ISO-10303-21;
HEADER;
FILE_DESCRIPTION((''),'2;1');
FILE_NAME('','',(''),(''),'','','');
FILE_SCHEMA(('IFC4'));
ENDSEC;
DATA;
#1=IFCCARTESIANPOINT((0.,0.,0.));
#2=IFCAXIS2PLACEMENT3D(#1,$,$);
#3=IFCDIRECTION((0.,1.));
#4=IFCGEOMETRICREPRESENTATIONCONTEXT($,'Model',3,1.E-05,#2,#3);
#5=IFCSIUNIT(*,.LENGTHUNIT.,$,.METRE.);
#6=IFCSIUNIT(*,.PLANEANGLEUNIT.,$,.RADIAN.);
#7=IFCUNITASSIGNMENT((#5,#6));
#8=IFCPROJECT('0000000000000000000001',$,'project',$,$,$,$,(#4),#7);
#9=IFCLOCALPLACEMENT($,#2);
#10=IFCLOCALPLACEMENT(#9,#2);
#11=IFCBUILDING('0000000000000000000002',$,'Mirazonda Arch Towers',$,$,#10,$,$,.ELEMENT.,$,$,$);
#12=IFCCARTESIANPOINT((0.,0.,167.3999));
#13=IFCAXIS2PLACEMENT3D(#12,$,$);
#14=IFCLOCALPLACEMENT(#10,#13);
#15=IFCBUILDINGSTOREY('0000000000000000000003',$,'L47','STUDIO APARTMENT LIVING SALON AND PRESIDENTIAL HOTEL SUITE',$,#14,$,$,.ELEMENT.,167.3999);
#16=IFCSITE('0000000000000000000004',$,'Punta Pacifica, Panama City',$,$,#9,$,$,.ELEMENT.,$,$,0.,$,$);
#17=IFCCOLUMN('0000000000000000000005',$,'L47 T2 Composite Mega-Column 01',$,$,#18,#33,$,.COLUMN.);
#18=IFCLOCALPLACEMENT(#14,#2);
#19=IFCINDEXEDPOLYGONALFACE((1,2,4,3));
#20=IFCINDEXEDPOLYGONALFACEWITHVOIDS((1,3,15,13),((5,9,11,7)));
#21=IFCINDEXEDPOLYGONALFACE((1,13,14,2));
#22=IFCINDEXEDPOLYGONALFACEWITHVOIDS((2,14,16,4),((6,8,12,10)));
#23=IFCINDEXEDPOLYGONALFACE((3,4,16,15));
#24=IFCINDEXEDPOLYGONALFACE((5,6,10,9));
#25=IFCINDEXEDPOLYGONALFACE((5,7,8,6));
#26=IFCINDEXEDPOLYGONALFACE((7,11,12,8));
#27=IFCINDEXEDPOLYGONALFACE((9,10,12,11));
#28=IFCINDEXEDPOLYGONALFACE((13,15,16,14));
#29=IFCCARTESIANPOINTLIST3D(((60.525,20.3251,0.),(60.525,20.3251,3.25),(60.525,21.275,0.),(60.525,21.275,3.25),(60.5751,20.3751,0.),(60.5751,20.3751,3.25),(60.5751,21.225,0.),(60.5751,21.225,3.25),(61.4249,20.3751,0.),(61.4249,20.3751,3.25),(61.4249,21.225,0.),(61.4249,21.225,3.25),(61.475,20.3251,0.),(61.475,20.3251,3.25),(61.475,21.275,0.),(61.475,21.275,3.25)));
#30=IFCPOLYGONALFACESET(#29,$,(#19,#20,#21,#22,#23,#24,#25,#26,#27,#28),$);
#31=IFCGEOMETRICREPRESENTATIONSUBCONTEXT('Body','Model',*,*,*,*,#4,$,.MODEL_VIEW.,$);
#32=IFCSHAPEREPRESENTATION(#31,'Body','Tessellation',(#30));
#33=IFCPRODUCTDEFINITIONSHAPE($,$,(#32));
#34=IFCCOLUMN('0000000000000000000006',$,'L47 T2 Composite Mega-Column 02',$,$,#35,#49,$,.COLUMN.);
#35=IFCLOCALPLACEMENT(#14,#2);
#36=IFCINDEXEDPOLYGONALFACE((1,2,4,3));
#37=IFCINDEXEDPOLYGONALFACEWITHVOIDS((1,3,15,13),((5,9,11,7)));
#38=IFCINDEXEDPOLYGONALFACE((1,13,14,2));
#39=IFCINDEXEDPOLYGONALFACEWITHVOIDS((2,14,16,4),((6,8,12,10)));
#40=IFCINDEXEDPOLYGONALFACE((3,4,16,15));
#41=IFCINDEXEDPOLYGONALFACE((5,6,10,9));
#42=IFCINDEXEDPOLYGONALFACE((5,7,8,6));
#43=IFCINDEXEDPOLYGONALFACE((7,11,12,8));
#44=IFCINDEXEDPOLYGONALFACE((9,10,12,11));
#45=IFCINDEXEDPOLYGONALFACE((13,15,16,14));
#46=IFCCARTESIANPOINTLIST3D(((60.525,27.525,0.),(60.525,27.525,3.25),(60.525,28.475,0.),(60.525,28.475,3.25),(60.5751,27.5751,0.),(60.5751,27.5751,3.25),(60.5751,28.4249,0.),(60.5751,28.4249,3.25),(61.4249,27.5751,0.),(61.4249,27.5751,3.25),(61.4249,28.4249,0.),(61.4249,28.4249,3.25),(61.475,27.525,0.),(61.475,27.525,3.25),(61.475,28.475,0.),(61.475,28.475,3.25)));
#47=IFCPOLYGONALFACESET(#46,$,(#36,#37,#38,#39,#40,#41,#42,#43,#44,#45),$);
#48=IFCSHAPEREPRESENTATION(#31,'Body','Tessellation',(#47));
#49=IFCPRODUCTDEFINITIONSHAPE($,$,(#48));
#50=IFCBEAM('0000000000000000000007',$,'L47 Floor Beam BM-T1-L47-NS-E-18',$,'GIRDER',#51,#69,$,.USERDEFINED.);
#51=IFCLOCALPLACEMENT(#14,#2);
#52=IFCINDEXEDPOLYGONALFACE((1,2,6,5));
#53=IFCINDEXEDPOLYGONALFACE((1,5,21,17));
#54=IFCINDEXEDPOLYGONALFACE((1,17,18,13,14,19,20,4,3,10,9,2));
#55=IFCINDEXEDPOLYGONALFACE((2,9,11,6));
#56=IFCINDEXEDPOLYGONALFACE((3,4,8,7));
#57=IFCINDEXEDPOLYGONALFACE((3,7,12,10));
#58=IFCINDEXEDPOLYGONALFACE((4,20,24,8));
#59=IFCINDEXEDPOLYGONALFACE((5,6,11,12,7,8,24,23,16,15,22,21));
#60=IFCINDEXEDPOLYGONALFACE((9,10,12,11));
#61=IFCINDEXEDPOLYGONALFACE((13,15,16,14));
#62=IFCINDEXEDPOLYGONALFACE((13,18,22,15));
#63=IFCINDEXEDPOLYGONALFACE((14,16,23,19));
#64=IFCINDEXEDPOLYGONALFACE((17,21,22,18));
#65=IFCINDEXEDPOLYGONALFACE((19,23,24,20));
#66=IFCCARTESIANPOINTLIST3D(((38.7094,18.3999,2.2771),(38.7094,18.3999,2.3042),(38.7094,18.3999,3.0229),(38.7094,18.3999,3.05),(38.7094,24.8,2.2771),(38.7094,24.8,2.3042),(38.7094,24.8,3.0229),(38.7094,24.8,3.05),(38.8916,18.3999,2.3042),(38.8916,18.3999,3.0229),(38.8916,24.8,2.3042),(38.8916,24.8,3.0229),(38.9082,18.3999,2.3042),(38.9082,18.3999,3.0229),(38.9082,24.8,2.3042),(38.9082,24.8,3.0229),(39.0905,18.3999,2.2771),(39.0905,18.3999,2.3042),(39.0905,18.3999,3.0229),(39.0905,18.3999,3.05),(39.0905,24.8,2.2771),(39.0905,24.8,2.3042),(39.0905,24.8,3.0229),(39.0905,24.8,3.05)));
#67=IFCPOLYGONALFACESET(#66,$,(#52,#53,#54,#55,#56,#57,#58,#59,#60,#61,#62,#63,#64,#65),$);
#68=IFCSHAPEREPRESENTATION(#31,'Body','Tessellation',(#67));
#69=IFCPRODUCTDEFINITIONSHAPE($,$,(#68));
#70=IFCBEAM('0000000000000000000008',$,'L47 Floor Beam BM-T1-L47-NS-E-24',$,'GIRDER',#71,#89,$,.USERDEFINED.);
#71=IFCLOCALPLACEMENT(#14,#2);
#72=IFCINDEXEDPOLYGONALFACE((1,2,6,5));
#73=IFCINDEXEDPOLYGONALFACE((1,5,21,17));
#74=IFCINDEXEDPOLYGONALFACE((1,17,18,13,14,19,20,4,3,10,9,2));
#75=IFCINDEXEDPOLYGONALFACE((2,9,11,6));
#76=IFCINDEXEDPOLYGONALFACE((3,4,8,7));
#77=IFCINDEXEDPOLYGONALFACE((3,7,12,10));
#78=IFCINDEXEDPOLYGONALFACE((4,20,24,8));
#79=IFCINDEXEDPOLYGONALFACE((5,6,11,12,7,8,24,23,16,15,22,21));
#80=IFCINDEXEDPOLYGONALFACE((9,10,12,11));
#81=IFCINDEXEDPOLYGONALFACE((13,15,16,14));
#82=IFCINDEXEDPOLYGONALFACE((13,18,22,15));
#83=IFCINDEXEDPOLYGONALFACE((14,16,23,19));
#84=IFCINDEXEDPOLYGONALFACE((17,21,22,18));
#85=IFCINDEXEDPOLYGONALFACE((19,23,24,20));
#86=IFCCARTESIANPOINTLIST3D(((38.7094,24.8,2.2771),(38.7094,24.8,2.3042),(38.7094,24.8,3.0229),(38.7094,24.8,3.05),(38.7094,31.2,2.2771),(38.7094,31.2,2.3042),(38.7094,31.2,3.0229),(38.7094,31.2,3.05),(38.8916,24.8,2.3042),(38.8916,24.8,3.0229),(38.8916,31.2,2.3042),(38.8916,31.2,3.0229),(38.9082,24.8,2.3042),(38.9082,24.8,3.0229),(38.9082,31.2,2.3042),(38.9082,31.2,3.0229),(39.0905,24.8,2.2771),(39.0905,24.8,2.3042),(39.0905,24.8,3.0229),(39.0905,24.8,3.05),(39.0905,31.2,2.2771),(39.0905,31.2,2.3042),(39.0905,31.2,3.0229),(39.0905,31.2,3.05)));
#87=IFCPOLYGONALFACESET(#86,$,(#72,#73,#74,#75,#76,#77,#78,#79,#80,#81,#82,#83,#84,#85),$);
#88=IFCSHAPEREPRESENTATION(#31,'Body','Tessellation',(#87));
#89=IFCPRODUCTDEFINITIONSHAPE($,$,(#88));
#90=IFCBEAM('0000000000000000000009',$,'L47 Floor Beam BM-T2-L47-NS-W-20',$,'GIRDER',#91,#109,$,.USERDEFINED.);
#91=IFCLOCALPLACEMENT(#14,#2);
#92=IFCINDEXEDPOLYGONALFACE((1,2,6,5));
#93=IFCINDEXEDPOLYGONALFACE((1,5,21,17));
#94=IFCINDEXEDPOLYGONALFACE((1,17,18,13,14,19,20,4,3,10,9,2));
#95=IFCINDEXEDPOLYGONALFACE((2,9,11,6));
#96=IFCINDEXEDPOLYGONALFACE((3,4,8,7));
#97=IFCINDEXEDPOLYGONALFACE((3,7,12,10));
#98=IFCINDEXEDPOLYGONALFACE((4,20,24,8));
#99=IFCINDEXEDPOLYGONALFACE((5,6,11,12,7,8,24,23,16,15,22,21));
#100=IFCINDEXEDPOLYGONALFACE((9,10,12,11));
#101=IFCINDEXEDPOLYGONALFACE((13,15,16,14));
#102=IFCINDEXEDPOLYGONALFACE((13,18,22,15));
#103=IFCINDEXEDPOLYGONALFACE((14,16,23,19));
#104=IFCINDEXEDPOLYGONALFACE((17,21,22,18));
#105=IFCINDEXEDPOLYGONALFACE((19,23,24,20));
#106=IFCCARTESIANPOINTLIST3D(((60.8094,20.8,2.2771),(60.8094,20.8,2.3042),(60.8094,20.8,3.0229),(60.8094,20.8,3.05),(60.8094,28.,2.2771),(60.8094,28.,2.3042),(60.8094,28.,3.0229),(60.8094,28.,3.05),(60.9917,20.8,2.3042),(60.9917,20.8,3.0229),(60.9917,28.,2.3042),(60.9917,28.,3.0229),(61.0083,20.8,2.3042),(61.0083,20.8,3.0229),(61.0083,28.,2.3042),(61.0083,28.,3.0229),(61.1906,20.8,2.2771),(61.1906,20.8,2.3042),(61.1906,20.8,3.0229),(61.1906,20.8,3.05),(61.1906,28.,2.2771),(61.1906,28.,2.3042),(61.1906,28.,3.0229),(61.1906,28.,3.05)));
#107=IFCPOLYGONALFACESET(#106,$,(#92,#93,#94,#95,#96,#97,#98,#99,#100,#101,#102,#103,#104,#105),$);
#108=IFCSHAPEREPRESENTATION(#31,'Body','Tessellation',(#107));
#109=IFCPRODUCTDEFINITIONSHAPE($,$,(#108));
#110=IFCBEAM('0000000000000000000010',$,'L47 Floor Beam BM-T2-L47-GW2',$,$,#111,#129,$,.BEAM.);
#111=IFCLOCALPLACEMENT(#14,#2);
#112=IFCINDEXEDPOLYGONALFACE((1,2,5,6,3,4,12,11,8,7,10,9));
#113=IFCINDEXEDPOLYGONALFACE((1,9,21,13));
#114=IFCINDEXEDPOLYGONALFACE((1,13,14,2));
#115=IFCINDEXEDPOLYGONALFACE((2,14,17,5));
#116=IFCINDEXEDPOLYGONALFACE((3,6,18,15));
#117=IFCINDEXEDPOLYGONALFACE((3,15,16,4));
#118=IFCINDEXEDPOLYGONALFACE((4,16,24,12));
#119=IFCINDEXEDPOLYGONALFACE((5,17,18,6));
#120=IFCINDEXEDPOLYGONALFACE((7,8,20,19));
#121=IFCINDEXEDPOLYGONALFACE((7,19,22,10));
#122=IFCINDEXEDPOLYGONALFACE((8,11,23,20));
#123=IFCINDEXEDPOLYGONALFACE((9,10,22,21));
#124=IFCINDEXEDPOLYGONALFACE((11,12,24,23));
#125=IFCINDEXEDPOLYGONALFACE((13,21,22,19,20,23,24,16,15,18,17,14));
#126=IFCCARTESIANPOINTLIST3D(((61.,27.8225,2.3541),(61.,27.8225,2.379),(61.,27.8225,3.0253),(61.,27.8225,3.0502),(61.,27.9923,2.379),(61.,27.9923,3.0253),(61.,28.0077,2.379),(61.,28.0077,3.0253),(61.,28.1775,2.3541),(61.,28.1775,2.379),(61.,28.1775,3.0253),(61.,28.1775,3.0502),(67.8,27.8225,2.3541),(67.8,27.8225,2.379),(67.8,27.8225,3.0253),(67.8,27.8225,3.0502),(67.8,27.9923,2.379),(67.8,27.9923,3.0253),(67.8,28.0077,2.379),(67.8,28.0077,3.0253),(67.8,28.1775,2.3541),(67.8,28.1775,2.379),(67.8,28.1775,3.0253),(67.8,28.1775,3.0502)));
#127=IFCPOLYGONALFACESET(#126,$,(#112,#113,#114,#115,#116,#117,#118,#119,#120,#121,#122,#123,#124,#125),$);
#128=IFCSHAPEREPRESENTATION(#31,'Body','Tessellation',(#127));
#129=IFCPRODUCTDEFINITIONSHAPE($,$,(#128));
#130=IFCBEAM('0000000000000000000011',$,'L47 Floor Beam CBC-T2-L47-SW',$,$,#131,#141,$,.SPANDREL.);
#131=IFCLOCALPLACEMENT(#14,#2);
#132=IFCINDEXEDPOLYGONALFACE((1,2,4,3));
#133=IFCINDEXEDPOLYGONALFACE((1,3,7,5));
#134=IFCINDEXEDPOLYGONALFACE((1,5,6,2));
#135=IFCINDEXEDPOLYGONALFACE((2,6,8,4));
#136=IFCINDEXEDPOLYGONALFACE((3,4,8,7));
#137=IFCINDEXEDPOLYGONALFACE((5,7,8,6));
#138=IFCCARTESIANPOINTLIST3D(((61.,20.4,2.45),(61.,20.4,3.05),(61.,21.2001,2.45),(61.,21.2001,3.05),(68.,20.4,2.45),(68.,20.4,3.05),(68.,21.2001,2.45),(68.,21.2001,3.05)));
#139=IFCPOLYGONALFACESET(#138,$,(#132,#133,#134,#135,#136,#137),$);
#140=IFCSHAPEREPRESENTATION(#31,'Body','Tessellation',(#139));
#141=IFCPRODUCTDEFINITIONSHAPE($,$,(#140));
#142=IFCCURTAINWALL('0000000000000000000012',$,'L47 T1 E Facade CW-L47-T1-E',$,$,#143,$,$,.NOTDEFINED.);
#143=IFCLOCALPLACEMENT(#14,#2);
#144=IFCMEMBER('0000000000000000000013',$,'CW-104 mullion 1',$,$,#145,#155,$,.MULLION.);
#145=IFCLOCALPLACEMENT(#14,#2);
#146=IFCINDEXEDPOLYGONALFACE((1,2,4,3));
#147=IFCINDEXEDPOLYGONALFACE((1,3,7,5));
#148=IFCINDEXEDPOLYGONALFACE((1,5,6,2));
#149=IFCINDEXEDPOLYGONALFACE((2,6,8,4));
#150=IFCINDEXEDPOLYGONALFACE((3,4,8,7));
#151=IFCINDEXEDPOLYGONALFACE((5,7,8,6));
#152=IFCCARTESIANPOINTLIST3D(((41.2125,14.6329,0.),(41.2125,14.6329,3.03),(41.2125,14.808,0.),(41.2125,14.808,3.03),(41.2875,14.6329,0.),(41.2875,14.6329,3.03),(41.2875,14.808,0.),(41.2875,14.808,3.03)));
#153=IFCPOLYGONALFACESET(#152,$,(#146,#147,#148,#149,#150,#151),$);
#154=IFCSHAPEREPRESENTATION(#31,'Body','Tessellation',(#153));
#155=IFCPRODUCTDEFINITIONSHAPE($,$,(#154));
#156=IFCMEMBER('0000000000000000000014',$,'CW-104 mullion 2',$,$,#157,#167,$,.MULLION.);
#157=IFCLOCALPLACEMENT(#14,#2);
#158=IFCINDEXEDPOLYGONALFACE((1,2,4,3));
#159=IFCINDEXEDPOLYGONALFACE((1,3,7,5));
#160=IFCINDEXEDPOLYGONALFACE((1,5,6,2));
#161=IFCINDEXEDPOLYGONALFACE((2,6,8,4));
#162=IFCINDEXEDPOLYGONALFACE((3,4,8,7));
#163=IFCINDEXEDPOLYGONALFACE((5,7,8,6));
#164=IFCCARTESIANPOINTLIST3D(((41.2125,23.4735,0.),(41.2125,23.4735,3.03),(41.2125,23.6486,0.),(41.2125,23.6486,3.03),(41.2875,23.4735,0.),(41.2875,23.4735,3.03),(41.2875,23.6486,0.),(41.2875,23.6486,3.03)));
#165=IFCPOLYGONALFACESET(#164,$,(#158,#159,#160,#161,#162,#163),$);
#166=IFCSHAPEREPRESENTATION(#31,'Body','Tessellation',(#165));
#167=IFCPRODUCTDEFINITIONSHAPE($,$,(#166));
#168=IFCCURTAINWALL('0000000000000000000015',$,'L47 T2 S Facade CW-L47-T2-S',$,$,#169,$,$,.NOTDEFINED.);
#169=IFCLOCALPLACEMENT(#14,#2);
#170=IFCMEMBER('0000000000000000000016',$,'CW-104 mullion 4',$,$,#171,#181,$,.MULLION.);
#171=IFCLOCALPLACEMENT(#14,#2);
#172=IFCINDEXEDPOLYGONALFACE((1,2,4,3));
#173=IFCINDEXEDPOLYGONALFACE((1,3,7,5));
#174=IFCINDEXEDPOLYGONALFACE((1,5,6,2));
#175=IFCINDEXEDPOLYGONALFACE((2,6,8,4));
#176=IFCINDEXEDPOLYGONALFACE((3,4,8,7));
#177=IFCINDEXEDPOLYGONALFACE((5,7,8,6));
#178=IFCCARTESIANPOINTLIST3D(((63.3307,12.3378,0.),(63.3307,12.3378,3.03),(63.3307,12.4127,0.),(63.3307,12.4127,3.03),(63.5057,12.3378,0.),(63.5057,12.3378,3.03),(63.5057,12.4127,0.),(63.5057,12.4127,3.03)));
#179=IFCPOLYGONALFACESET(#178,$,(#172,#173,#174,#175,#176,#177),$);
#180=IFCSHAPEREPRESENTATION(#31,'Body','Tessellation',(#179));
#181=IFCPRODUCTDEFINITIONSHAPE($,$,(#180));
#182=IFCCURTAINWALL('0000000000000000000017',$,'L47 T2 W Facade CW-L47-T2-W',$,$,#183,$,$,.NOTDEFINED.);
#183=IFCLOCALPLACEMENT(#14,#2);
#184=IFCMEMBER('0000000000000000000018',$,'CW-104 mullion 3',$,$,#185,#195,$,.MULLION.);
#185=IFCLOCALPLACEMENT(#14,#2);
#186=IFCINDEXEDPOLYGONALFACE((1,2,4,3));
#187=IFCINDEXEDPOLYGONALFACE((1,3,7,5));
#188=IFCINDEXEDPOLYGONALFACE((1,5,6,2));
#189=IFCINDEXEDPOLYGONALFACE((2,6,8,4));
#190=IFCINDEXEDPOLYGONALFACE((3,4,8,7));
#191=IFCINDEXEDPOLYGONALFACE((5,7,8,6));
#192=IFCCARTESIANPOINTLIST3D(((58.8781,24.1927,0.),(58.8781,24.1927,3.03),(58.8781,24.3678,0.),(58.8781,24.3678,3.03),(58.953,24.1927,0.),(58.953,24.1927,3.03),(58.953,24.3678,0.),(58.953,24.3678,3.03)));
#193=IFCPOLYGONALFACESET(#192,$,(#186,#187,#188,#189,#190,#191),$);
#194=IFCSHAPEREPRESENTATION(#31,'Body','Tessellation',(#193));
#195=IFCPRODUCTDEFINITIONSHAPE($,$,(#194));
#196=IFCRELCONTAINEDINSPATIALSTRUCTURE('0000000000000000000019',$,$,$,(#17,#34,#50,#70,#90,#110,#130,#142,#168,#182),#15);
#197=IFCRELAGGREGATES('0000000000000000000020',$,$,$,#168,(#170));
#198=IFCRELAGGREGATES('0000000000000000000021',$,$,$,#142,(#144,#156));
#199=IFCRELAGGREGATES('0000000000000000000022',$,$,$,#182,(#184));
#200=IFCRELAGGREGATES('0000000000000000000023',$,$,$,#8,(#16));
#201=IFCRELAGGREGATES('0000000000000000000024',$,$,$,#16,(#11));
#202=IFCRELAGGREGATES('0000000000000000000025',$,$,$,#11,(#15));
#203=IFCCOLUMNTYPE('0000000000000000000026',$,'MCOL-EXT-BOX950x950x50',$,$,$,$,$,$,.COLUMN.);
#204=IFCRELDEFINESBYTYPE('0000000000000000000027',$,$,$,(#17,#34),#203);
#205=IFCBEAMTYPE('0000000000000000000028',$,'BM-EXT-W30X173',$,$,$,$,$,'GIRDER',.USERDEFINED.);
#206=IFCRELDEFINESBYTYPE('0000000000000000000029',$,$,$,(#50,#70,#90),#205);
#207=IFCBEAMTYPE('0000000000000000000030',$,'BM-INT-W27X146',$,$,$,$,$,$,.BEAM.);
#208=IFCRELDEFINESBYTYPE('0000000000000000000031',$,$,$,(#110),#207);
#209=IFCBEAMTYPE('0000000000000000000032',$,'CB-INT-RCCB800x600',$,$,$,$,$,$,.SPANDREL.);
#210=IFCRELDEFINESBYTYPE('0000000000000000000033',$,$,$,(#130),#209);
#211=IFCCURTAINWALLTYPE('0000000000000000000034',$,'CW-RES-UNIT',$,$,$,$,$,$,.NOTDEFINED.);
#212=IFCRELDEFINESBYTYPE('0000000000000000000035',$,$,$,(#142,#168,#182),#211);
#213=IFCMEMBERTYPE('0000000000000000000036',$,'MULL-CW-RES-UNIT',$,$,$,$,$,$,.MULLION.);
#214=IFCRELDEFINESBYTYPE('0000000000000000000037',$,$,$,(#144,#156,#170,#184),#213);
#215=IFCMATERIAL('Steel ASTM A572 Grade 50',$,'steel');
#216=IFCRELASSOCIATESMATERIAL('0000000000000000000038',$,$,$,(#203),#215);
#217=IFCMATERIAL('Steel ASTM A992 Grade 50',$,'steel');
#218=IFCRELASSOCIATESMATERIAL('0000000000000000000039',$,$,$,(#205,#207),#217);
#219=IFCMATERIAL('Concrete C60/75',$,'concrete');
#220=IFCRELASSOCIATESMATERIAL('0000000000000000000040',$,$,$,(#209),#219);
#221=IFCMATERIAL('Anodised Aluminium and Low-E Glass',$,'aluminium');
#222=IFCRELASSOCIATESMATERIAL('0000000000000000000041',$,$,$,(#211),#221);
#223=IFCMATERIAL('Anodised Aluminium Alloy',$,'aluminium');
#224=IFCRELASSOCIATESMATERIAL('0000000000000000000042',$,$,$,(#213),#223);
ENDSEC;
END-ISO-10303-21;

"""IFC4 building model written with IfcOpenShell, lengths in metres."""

from ifc_helpers import new_model, si_unit, direction, frame, origin, origin_2d, place, context, subcontext, project, spatial, rectangle, hollow_rectangle, i_section, extrude, material, material_profile, profile_set, type_object, element, aggregate, save


model = new_model("IFC4")

# Units and contexts
model_context = context("Model", 3, precision=1e-05, world=origin(), true_north=direction((0.0, 1.0)))
body_context = subcontext(model_context, "Body", "Model", "MODEL_VIEW")
ifc_project = project(units=[si_unit("LENGTHUNIT", "METRE"), si_unit("PLANEANGLEUNIT", "RADIAN")], contexts=[model_context])

# Site, building, storey
site_placement = place(None, origin())
site = spatial("IfcSite", under=ifc_project, at=site_placement, Name="Punta Pacifica, Panama City", CompositionType="ELEMENT", RefElevation=0.0)
building_placement = place(site_placement, origin())
building = spatial("IfcBuilding", under=site, at=building_placement, Name="Mirazonda Arch Towers", CompositionType="ELEMENT")
storey_placement = place(building_placement, frame((0.0, 0.0, 167.3999)))
storey = spatial("IfcBuildingStorey", under=building, at=storey_placement, Name="L47", Description="STUDIO APARTMENT LIVING SALON AND PRESIDENTIAL HOTEL SUITE", CompositionType="ELEMENT", Elevation=167.3999)

# Columns
ifc_material_1 = material(Name="Steel ASTM A572 Grade 50", Category="steel")
ifc_material_profile_1 = material_profile(ifc_material_1, hollow_rectangle(XDim=0.95, YDim=0.95, WallThickness=0.05, at=origin_2d()), Name="BOX950x950x50")
ifc_profile_set_1 = profile_set([ifc_material_profile_1], Name="Steel ASTM A572 Grade 50")
column_type = type_object("IfcColumnType", Name="MCOL-EXT-BOX950x950x50", PredefinedType="COLUMN", material=ifc_profile_set_1)
for number, where, z_axis, x_axis, name in (
    (1, (61.0, 20.8, 0.0), (0.0, 0.0, 1.0), (1.0, 0.0, 0.0), "L47 T2 Composite Mega-Column 01"),
    (2, (61.0, 28.0, 0.0), (0.0, 0.0, 1.0), (1.0, 0.0, 0.0), "L47 T2 Composite Mega-Column 02"),
):
    element("IfcColumn", number, at=place(storey_placement, frame(where, z_axis=z_axis, x_axis=x_axis)), inside=storey, type_object=column_type, Name=name, PredefinedType="COLUMN", context=body_context, shape_type="SweptSolid", body=[
        extrude(hollow_rectangle(XDim=0.95, YDim=0.95, WallThickness=0.05, at=origin_2d()), origin(), (0.0, 0.0, 1.0), 3.25),
    ])

# Beams
ifc_material_2 = material(Name="Steel ASTM A992 Grade 50", Category="steel")
ifc_material_profile_2 = material_profile(ifc_material_2, i_section(OverallWidth=0.3811, OverallDepth=0.7729, WebThickness=0.0166, FlangeThickness=0.0271, at=origin_2d()), Name="W30X173")
ifc_profile_set_2 = profile_set([ifc_material_profile_2], Name="Steel ASTM A992 Grade 50")
beam_type_1 = type_object("IfcBeamType", Name="BM-EXT-W30X173", ElementType="GIRDER", PredefinedType="USERDEFINED", material=ifc_profile_set_2)
beam_1_placement = place(storey_placement, frame((38.8999, 18.3999, 2.6636), z_axis=(0.0, 1.0, 0.0), x_axis=(-1.0, 0.0, 0.0)))
element("IfcBeam", 3, at=beam_1_placement, inside=storey, type_object=beam_type_1, Name="L47 Floor Beam BM-T1-L47-NS-E-18", ObjectType="GIRDER", PredefinedType="USERDEFINED", context=body_context, shape_type="SweptSolid", body=[
    extrude(i_section(OverallWidth=0.3811, OverallDepth=0.7729, WebThickness=0.0166, FlangeThickness=0.0271, at=origin_2d()), origin(), (0.0, 0.0, 1.0), 6.4001),
])
beam_2_placement = place(storey_placement, frame((38.8999, 24.8, 2.6636), z_axis=(0.0, 1.0, 0.0), x_axis=(-1.0, 0.0, 0.0)))
element("IfcBeam", 4, at=beam_2_placement, inside=storey, type_object=beam_type_1, Name="L47 Floor Beam BM-T1-L47-NS-E-24", ObjectType="GIRDER", PredefinedType="USERDEFINED", context=body_context, shape_type="SweptSolid", body=[
    extrude(i_section(OverallWidth=0.3811, OverallDepth=0.7729, WebThickness=0.0166, FlangeThickness=0.0271, at=origin_2d()), origin(), (0.0, 0.0, 1.0), 6.3999),
])
beam_3_placement = place(storey_placement, frame((61.0, 20.8, 2.6636), z_axis=(0.0, 1.0, 0.0), x_axis=(-1.0, 0.0, 0.0)))
element("IfcBeam", 5, at=beam_3_placement, inside=storey, type_object=beam_type_1, Name="L47 Floor Beam BM-T2-L47-NS-W-20", ObjectType="GIRDER", PredefinedType="USERDEFINED", context=body_context, shape_type="SweptSolid", body=[
    extrude(i_section(OverallWidth=0.3811, OverallDepth=0.7729, WebThickness=0.0166, FlangeThickness=0.0271, at=origin_2d()), origin(), (0.0, 0.0, 1.0), 7.2),
])
ifc_material_profile_3 = material_profile(ifc_material_2, i_section(OverallWidth=0.355, OverallDepth=0.696, WebThickness=0.0154, FlangeThickness=0.0249, at=origin_2d()), Name="W27X146")
ifc_profile_set_3 = profile_set([ifc_material_profile_3], Name="Steel ASTM A992 Grade 50")
beam_type_2 = type_object("IfcBeamType", Name="BM-INT-W27X146", PredefinedType="BEAM", material=ifc_profile_set_3)
beam_4_placement = place(storey_placement, frame((61.0, 28.0, 2.7021), z_axis=(1.0, 0.0, 0.0), x_axis=(0.0, 1.0, 0.0)))
element("IfcBeam", 6, at=beam_4_placement, inside=storey, type_object=beam_type_2, Name="L47 Floor Beam BM-T2-L47-GW2", PredefinedType="BEAM", context=body_context, shape_type="SweptSolid", body=[
    extrude(i_section(OverallWidth=0.355, OverallDepth=0.696, WebThickness=0.0154, FlangeThickness=0.0249, at=origin_2d()), origin(), (0.0, 0.0, 1.0), 6.8),
])
ifc_material_3 = material(Name="Concrete C60/75", Category="concrete")
ifc_material_profile_4 = material_profile(ifc_material_3, rectangle(XDim=0.8, YDim=0.6001, at=origin_2d()), Name="RCCB800x600")
ifc_profile_set_4 = profile_set([ifc_material_profile_4], Name="Concrete C60/75")
beam_type_3 = type_object("IfcBeamType", Name="CB-INT-RCCB800x600", PredefinedType="SPANDREL", material=ifc_profile_set_4)
beam_5_placement = place(storey_placement, frame((61.0, 20.8, 2.75), z_axis=(1.0, 0.0, 0.0), x_axis=(0.0, 1.0, 0.0)))
element("IfcBeam", 7, at=beam_5_placement, inside=storey, type_object=beam_type_3, Name="L47 Floor Beam CBC-T2-L47-SW", PredefinedType="SPANDREL", context=body_context, shape_type="SweptSolid", body=[
    extrude(rectangle(XDim=0.8, YDim=0.6001, at=origin_2d()), origin(), (0.0, 0.0, 1.0), 7.0),
])

# Curtain wall, members
ifc_material_4 = material(Name="Anodised Aluminium and Low-E Glass", Category="aluminium")
curtain_wall_type = type_object("IfcCurtainWallType", Name="CW-RES-UNIT", PredefinedType="NOTDEFINED", material=ifc_material_4)
curtain_wall_1_placement = place(storey_placement, origin())
curtain_wall_1 = element("IfcCurtainWall", 8, at=curtain_wall_1_placement, inside=storey, type_object=curtain_wall_type, Name="L47 T1 E Facade CW-L47-T1-E", PredefinedType="NOTDEFINED")
ifc_material_5 = material(Name="Anodised Aluminium Alloy", Category="aluminium")
ifc_material_profile_5 = material_profile(ifc_material_5, rectangle(XDim=0.075, YDim=0.175, at=origin_2d()), Name="ALU-MULL-75x175")
ifc_profile_set_5 = profile_set([ifc_material_profile_5], Name="Anodised Aluminium Alloy")
member_type_1 = type_object("IfcMemberType", Name="MULL-CW-RES-UNIT", PredefinedType="MULLION", material=ifc_profile_set_5)
member_1_placement = place(storey_placement, frame((41.25, 14.7205, 0.0), z_axis=(0.0, 0.0, 1.0), x_axis=(-1.0, 0.0, 0.0)))
member_1 = element("IfcMember", 9, at=member_1_placement, type_object=member_type_1, Name="CW-104 mullion 1", PredefinedType="MULLION", context=body_context, shape_type="SweptSolid", body=[
    extrude(rectangle(XDim=0.075, YDim=0.175, at=origin_2d()), origin(), (0.0, 0.0, 1.0), 3.03),
])
member_2_placement = place(storey_placement, frame((41.25, 23.561, 0.0), z_axis=(0.0, 0.0, 1.0), x_axis=(-1.0, 0.0, 0.0)))
member_2 = element("IfcMember", 10, at=member_2_placement, type_object=member_type_1, Name="CW-104 mullion 2", PredefinedType="MULLION", context=body_context, shape_type="SweptSolid", body=[
    extrude(rectangle(XDim=0.075, YDim=0.175, at=origin_2d()), origin(), (0.0, 0.0, 1.0), 3.03),
])

# Curtain wall, member
curtain_wall_2_placement = place(storey_placement, origin())
curtain_wall_2 = element("IfcCurtainWall", 11, at=curtain_wall_2_placement, inside=storey, type_object=curtain_wall_type, Name="L47 T2 S Facade CW-L47-T2-S", PredefinedType="NOTDEFINED")
member_3_placement = place(storey_placement, frame((63.4182, 12.3752, 0.0), z_axis=(0.0, 0.0, 1.0), x_axis=(0.0, -1.0, 0.0)))
member_3 = element("IfcMember", 12, at=member_3_placement, type_object=member_type_1, Name="CW-104 mullion 4", PredefinedType="MULLION", context=body_context, shape_type="SweptSolid", body=[
    extrude(rectangle(XDim=0.075, YDim=0.175, at=origin_2d()), origin(), (0.0, 0.0, 1.0), 3.03),
])
aggregate(curtain_wall_2, [member_3])

# Curtain wall, member
curtain_wall_3_placement = place(storey_placement, origin())
curtain_wall_3 = element("IfcCurtainWall", 13, at=curtain_wall_3_placement, inside=storey, type_object=curtain_wall_type, Name="L47 T2 W Facade CW-L47-T2-W", PredefinedType="NOTDEFINED")
member_4_placement = place(storey_placement, frame((58.9155, 24.2803, 0.0), z_axis=(0.0, 0.0, 1.0), x_axis=(1.0, 0.0, 0.0)))
member_4 = element("IfcMember", 14, at=member_4_placement, type_object=member_type_1, Name="CW-104 mullion 3", PredefinedType="MULLION", context=body_context, shape_type="SweptSolid", body=[
    extrude(rectangle(XDim=0.075, YDim=0.175, at=origin_2d()), origin(), (0.0, 0.0, 1.0), 3.03),
])

aggregate(curtain_wall_1, [member_1, member_2])
aggregate(curtain_wall_3, [member_4])

save(model, "model.ifc")
